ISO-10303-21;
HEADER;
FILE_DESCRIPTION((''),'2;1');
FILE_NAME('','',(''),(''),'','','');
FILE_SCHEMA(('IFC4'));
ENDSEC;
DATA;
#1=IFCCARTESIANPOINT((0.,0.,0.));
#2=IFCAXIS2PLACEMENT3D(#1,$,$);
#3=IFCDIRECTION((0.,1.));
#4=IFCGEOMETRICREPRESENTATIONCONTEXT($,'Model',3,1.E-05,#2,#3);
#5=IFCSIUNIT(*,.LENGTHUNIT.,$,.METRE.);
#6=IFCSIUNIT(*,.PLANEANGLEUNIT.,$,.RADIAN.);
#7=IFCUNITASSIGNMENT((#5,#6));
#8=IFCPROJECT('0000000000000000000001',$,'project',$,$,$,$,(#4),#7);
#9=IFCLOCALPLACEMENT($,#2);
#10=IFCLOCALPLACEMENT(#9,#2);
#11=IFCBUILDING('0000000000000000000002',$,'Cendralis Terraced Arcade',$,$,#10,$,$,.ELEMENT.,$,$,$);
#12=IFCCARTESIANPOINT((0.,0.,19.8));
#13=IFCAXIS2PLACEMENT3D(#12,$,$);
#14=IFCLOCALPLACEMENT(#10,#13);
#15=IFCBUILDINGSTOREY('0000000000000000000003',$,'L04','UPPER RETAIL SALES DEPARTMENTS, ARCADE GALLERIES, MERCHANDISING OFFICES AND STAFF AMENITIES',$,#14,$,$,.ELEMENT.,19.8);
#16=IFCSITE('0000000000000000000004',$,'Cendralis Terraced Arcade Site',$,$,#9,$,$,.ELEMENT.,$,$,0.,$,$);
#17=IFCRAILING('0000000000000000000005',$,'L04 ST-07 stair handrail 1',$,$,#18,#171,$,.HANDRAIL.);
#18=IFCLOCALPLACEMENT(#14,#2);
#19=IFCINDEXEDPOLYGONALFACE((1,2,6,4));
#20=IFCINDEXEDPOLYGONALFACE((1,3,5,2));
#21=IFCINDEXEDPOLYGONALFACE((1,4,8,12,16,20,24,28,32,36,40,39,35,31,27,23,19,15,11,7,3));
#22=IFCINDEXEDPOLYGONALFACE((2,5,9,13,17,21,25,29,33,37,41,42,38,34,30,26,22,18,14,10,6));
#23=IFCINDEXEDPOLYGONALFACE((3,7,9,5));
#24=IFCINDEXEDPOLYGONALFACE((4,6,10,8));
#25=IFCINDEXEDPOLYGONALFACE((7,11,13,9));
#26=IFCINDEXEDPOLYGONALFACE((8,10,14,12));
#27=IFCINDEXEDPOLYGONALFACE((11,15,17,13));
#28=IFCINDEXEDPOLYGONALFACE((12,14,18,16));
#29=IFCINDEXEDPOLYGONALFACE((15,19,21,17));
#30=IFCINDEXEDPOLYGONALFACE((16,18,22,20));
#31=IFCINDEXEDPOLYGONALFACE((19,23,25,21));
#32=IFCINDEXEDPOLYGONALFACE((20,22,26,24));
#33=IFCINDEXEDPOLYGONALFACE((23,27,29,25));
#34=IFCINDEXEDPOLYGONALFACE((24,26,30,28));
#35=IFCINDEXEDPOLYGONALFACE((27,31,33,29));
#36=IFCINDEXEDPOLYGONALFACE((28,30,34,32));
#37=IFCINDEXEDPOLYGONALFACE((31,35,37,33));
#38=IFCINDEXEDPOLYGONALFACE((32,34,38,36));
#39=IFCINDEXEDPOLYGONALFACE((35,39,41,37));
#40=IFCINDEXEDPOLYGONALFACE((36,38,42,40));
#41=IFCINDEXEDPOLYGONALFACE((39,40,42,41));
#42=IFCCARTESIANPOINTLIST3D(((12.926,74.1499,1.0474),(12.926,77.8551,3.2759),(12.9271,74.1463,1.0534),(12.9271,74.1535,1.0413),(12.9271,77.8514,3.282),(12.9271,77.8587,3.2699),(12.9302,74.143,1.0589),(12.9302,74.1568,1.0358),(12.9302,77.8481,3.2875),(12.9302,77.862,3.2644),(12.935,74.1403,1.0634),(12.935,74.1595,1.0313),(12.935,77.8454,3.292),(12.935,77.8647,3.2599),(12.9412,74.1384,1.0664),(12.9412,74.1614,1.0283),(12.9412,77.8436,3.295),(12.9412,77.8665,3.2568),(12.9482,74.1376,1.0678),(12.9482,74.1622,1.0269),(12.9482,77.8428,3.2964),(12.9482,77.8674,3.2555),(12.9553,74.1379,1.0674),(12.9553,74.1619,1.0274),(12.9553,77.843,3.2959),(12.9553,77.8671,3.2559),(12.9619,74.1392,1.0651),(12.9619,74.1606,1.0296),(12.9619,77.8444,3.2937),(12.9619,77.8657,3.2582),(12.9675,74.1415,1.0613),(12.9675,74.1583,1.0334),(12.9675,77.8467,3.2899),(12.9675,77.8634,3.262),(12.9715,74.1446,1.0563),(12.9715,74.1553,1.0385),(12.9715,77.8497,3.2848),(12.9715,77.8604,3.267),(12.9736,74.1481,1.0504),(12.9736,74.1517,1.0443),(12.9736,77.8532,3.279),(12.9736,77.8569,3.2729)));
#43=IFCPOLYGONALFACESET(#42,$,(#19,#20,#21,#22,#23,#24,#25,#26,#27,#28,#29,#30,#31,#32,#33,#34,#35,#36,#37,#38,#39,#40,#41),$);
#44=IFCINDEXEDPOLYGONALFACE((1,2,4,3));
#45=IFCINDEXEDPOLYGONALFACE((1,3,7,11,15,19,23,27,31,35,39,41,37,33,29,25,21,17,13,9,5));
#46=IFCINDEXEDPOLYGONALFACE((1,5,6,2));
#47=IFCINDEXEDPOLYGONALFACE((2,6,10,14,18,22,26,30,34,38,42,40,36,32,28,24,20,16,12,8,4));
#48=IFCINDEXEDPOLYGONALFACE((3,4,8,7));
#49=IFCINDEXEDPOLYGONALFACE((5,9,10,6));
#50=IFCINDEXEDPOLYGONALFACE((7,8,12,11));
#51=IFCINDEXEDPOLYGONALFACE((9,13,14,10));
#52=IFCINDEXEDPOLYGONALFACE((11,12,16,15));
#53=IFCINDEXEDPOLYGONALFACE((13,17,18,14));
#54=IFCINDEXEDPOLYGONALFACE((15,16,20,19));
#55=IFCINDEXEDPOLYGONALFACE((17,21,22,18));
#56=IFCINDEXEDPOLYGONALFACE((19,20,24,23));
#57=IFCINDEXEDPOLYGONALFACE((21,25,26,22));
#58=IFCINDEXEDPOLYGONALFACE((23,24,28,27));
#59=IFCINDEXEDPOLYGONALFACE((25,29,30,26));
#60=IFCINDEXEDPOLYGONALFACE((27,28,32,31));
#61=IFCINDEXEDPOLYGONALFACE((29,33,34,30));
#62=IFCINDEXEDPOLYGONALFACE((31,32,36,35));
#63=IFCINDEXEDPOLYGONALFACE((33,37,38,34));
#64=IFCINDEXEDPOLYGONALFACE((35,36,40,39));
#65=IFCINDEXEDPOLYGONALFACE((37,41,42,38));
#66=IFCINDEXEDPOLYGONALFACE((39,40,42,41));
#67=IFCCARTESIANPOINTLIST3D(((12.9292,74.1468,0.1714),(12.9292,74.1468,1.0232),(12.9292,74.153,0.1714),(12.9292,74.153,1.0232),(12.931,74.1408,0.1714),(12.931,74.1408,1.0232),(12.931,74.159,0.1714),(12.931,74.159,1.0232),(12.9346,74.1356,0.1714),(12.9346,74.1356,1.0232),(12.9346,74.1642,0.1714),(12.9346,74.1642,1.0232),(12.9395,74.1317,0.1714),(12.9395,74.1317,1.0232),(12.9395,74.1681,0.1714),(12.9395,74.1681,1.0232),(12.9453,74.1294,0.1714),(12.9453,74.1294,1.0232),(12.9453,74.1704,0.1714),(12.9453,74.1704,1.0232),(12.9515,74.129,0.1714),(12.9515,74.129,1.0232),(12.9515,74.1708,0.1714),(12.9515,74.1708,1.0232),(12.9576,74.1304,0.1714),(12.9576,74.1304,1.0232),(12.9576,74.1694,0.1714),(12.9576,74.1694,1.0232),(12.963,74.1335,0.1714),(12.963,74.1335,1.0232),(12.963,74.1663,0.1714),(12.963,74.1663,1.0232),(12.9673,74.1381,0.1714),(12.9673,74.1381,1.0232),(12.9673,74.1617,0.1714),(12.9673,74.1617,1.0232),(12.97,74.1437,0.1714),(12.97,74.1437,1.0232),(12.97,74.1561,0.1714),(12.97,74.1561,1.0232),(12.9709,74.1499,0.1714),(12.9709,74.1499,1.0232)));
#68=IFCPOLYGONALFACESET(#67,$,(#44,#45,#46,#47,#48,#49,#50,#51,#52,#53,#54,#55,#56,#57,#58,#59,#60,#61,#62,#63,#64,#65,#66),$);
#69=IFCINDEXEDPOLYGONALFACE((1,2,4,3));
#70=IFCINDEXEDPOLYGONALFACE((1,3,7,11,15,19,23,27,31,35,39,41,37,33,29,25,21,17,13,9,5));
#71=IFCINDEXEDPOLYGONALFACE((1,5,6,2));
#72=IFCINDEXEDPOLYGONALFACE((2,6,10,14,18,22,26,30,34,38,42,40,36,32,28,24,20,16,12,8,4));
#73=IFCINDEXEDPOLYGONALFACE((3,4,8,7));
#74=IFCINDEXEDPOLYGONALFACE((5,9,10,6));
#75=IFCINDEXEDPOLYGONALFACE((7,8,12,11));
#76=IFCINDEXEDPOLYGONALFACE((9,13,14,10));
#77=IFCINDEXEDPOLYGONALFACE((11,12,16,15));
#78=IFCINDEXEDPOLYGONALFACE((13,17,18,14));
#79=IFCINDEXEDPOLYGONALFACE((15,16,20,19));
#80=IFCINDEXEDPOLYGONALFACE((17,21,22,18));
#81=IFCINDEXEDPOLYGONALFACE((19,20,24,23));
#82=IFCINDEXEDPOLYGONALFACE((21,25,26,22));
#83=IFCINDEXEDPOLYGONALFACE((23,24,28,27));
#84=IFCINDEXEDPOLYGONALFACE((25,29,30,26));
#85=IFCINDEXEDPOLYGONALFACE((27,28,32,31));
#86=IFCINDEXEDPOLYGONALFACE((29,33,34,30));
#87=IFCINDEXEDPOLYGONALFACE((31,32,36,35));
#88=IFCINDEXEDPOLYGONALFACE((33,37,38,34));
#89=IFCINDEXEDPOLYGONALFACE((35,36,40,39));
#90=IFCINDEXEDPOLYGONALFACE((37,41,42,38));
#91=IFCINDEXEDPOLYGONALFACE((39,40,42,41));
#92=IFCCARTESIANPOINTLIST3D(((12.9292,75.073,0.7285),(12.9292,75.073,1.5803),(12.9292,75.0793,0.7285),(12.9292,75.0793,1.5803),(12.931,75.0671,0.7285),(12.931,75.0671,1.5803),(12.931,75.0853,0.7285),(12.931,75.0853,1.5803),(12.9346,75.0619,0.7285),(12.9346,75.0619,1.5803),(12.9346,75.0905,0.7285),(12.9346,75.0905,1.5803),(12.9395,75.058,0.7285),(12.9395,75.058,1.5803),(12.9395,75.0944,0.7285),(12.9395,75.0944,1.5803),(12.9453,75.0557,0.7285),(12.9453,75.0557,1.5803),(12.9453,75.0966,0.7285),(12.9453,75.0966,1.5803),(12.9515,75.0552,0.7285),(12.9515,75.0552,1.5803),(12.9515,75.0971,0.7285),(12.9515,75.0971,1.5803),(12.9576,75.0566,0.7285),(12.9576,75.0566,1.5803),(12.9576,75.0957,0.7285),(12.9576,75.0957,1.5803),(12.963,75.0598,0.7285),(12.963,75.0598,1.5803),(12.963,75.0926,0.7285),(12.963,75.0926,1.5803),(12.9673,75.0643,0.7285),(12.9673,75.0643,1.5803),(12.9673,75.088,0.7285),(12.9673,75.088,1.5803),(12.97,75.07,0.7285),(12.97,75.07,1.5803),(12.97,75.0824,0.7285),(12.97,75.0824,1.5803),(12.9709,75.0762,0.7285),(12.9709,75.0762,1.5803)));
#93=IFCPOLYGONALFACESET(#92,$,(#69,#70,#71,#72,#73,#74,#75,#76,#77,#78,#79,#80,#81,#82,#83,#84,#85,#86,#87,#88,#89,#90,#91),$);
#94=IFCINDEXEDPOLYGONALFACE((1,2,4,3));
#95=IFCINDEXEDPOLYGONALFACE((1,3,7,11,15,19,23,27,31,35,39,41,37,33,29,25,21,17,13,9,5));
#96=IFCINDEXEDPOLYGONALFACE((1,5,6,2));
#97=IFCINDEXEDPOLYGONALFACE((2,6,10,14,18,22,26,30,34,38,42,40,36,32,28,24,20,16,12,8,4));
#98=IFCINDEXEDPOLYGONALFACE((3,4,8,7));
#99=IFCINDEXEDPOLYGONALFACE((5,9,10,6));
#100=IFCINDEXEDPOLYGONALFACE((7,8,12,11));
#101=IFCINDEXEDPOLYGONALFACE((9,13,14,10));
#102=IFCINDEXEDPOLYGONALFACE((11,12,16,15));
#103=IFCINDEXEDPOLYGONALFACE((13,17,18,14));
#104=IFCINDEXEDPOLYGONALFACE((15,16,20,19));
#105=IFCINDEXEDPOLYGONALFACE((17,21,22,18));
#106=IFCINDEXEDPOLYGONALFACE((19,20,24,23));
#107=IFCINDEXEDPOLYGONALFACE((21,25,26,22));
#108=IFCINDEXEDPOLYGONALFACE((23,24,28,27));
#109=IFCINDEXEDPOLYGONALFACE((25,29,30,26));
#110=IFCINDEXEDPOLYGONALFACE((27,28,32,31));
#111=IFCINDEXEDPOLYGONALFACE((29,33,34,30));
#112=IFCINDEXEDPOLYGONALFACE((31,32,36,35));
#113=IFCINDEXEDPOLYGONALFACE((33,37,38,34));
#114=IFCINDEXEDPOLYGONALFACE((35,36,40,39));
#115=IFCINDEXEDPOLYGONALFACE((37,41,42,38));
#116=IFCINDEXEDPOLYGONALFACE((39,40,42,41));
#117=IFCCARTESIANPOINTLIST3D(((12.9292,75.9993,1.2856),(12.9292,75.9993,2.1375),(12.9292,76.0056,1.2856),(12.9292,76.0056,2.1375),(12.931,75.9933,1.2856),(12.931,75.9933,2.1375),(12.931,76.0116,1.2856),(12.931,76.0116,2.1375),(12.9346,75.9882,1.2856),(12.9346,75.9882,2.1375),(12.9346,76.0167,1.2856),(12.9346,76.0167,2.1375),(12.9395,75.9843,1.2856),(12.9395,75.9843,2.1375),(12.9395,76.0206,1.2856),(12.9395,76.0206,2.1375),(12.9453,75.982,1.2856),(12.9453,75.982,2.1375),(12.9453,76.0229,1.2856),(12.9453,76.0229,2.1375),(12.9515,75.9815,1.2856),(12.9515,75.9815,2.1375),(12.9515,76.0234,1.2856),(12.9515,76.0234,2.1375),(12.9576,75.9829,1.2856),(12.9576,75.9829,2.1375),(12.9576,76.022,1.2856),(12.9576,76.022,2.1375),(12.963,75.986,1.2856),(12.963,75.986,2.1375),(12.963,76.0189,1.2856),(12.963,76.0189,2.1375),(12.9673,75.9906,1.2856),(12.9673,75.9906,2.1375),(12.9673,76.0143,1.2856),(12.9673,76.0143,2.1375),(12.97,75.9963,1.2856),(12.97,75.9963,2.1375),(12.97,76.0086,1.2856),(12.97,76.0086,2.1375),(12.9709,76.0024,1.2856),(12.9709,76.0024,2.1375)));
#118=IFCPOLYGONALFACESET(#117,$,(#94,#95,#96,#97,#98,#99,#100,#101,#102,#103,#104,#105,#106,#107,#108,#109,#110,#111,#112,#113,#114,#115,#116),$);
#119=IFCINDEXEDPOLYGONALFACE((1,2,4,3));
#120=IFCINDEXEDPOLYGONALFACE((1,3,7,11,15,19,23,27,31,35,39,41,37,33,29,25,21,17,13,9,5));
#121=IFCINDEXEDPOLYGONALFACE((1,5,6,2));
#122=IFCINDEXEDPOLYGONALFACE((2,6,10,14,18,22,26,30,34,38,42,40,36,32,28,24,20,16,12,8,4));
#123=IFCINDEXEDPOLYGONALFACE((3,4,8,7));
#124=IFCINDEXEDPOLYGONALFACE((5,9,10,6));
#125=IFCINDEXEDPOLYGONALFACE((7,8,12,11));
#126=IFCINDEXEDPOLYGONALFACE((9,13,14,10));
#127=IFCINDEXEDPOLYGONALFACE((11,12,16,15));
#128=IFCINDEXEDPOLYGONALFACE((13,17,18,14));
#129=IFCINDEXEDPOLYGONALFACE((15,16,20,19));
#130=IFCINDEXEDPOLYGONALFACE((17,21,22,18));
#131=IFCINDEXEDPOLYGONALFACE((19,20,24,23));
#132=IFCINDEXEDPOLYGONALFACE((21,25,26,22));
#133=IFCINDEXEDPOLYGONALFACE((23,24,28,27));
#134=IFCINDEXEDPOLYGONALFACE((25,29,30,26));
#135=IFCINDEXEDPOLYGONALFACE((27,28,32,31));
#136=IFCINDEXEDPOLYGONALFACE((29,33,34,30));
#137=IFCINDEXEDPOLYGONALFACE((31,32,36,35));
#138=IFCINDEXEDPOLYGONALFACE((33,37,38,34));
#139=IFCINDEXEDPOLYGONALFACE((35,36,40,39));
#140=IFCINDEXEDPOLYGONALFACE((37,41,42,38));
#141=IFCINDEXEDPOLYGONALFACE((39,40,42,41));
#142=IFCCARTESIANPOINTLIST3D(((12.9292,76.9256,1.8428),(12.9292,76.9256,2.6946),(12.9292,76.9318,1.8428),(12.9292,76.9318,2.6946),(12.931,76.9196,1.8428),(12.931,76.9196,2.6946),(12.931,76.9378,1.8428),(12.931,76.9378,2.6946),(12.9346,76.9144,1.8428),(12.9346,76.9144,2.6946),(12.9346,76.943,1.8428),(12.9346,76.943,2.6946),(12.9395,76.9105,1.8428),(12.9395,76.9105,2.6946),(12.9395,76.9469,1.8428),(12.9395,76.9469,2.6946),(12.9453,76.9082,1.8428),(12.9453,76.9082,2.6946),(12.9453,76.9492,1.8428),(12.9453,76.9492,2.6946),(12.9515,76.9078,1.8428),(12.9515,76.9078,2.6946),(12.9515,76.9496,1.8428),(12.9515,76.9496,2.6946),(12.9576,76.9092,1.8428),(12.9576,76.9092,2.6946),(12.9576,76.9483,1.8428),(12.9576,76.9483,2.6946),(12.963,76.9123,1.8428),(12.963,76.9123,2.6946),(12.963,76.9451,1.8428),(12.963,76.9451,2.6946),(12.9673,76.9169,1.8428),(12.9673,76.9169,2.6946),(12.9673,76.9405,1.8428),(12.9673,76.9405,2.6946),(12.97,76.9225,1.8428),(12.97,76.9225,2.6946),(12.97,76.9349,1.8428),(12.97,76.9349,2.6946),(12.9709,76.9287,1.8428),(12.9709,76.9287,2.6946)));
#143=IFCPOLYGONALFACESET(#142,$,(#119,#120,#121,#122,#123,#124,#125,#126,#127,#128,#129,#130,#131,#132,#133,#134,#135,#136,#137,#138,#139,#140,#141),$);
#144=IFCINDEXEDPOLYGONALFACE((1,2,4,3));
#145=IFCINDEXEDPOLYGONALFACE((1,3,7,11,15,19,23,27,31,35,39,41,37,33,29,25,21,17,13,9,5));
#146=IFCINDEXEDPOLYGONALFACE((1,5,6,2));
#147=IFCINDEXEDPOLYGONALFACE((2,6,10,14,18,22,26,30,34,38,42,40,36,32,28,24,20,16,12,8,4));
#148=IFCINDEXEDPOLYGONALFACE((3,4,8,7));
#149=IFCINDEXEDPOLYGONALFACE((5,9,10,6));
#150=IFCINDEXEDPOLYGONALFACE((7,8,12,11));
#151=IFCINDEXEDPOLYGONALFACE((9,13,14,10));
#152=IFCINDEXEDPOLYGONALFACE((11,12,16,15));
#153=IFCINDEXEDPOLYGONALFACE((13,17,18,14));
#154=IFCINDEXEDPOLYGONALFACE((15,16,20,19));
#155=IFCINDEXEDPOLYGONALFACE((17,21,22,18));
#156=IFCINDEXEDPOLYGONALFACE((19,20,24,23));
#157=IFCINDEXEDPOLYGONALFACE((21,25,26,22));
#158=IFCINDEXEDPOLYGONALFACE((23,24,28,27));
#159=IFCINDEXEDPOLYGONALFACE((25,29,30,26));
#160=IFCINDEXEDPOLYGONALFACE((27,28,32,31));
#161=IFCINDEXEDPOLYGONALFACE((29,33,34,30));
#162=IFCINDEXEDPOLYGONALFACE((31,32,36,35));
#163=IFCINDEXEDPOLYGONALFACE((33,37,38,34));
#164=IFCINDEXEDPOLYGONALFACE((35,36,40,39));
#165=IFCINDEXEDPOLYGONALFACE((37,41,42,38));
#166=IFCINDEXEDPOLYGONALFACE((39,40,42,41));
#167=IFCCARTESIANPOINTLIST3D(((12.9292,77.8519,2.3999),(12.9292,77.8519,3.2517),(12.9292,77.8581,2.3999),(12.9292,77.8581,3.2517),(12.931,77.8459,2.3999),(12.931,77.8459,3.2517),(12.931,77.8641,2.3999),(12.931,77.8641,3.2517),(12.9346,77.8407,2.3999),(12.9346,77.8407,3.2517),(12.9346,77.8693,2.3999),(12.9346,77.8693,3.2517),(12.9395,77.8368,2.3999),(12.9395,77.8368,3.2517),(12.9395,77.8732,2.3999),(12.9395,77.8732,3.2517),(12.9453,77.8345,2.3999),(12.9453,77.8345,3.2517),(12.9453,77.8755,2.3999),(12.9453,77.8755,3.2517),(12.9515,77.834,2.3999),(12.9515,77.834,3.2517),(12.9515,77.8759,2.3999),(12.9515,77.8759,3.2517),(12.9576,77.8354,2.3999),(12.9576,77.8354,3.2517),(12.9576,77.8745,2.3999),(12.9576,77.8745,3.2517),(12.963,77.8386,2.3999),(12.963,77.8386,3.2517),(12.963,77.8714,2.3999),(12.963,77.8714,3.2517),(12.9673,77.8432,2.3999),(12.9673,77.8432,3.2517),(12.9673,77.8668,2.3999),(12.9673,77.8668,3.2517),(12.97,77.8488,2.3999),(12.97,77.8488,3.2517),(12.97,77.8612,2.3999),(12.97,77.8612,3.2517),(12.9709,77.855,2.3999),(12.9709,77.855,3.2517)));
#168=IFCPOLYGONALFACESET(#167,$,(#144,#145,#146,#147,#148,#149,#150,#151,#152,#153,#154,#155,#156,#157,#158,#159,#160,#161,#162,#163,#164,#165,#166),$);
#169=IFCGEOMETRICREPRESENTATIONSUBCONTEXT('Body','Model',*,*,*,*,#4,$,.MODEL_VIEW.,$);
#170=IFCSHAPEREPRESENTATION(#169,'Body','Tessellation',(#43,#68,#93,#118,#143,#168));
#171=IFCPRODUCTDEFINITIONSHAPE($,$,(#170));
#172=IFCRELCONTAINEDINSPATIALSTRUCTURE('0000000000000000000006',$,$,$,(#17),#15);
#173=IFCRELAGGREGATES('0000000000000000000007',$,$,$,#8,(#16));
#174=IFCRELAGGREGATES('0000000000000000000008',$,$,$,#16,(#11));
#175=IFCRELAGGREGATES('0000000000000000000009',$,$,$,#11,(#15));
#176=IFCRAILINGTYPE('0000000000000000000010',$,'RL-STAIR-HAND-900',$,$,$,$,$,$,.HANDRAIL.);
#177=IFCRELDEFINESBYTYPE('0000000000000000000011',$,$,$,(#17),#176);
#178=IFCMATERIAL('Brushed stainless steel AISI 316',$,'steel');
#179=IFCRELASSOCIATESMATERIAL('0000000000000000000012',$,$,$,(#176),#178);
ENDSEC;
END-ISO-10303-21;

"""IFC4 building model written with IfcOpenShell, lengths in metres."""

from ifc_helpers import new_model, si_unit, direction, frame, origin, origin_2d, place, context, subcontext, project, spatial, circle, extrude, material, type_object, element, save


model = new_model("IFC4")

# Units and contexts
model_context = context("Model", 3, precision=1e-05, world=origin(), true_north=direction((0.0, 1.0)))
body_context = subcontext(model_context, "Body", "Model", "MODEL_VIEW")
ifc_project = project(units=[si_unit("LENGTHUNIT", "METRE"), si_unit("PLANEANGLEUNIT", "RADIAN")], contexts=[model_context])

# Site, building, storey
site_placement = place(None, origin())
site = spatial("IfcSite", under=ifc_project, at=site_placement, Name="Cendralis Terraced Arcade Site", CompositionType="ELEMENT", RefElevation=0.0)
building_placement = place(site_placement, origin())
building = spatial("IfcBuilding", under=site, at=building_placement, Name="Cendralis Terraced Arcade", CompositionType="ELEMENT")
storey_placement = place(building_placement, frame((0.0, 0.0, 19.8)))
storey = spatial("IfcBuildingStorey", under=building, at=storey_placement, Name="L04", Description="UPPER RETAIL SALES DEPARTMENTS, ARCADE GALLERIES, MERCHANDISING OFFICES AND STAFF AMENITIES", CompositionType="ELEMENT", Elevation=19.8)

# Railing
ifc_material_1 = material(Name="Brushed stainless steel AISI 316", Category="steel")
railing_type_1 = type_object("IfcRailingType", Name="RL-STAIR-HAND-900", PredefinedType="HANDRAIL", material=ifc_material_1)
railing_1_placement = place(storey_placement, frame((12.95, 74.1499, 0.1714)))
element("IfcRailing", 1, at=railing_1_placement, inside=storey, type_object=railing_type_1, Name="L04 ST-07 stair handrail 1", PredefinedType="HANDRAIL", context=body_context, shape_type="SweptSolid", body=[
    extrude(circle(Radius=0.0239, at=origin_2d()), frame((0.0, 0.0, 0.876), z_axis=(0.0, 0.856934, 0.515425), x_axis=(-1.0, 0.0, 0.0)), (0.0, 0.0, 1.0), 4.3237),
    extrude(circle(Radius=0.021, at=origin_2d()), origin(), (0.0, 0.0, 1.0), 0.8518),
    extrude(circle(Radius=0.021, at=origin_2d()), frame((0.0, 0.9263, 0.5571)), (0.0, 0.0, 1.0), 0.8518),
    extrude(circle(Radius=0.021, at=origin_2d()), frame((0.0, 1.8525, 1.1143)), (0.0, 0.0, 1.0), 0.8518),
    extrude(circle(Radius=0.021, at=origin_2d()), frame((0.0, 2.7788, 1.6714)), (0.0, 0.0, 1.0), 0.8518),
    extrude(circle(Radius=0.021, at=origin_2d()), frame((0.0, 3.7051, 2.2285)), (0.0, 0.0, 1.0), 0.8518),
])

save(model, "model.ifc")
